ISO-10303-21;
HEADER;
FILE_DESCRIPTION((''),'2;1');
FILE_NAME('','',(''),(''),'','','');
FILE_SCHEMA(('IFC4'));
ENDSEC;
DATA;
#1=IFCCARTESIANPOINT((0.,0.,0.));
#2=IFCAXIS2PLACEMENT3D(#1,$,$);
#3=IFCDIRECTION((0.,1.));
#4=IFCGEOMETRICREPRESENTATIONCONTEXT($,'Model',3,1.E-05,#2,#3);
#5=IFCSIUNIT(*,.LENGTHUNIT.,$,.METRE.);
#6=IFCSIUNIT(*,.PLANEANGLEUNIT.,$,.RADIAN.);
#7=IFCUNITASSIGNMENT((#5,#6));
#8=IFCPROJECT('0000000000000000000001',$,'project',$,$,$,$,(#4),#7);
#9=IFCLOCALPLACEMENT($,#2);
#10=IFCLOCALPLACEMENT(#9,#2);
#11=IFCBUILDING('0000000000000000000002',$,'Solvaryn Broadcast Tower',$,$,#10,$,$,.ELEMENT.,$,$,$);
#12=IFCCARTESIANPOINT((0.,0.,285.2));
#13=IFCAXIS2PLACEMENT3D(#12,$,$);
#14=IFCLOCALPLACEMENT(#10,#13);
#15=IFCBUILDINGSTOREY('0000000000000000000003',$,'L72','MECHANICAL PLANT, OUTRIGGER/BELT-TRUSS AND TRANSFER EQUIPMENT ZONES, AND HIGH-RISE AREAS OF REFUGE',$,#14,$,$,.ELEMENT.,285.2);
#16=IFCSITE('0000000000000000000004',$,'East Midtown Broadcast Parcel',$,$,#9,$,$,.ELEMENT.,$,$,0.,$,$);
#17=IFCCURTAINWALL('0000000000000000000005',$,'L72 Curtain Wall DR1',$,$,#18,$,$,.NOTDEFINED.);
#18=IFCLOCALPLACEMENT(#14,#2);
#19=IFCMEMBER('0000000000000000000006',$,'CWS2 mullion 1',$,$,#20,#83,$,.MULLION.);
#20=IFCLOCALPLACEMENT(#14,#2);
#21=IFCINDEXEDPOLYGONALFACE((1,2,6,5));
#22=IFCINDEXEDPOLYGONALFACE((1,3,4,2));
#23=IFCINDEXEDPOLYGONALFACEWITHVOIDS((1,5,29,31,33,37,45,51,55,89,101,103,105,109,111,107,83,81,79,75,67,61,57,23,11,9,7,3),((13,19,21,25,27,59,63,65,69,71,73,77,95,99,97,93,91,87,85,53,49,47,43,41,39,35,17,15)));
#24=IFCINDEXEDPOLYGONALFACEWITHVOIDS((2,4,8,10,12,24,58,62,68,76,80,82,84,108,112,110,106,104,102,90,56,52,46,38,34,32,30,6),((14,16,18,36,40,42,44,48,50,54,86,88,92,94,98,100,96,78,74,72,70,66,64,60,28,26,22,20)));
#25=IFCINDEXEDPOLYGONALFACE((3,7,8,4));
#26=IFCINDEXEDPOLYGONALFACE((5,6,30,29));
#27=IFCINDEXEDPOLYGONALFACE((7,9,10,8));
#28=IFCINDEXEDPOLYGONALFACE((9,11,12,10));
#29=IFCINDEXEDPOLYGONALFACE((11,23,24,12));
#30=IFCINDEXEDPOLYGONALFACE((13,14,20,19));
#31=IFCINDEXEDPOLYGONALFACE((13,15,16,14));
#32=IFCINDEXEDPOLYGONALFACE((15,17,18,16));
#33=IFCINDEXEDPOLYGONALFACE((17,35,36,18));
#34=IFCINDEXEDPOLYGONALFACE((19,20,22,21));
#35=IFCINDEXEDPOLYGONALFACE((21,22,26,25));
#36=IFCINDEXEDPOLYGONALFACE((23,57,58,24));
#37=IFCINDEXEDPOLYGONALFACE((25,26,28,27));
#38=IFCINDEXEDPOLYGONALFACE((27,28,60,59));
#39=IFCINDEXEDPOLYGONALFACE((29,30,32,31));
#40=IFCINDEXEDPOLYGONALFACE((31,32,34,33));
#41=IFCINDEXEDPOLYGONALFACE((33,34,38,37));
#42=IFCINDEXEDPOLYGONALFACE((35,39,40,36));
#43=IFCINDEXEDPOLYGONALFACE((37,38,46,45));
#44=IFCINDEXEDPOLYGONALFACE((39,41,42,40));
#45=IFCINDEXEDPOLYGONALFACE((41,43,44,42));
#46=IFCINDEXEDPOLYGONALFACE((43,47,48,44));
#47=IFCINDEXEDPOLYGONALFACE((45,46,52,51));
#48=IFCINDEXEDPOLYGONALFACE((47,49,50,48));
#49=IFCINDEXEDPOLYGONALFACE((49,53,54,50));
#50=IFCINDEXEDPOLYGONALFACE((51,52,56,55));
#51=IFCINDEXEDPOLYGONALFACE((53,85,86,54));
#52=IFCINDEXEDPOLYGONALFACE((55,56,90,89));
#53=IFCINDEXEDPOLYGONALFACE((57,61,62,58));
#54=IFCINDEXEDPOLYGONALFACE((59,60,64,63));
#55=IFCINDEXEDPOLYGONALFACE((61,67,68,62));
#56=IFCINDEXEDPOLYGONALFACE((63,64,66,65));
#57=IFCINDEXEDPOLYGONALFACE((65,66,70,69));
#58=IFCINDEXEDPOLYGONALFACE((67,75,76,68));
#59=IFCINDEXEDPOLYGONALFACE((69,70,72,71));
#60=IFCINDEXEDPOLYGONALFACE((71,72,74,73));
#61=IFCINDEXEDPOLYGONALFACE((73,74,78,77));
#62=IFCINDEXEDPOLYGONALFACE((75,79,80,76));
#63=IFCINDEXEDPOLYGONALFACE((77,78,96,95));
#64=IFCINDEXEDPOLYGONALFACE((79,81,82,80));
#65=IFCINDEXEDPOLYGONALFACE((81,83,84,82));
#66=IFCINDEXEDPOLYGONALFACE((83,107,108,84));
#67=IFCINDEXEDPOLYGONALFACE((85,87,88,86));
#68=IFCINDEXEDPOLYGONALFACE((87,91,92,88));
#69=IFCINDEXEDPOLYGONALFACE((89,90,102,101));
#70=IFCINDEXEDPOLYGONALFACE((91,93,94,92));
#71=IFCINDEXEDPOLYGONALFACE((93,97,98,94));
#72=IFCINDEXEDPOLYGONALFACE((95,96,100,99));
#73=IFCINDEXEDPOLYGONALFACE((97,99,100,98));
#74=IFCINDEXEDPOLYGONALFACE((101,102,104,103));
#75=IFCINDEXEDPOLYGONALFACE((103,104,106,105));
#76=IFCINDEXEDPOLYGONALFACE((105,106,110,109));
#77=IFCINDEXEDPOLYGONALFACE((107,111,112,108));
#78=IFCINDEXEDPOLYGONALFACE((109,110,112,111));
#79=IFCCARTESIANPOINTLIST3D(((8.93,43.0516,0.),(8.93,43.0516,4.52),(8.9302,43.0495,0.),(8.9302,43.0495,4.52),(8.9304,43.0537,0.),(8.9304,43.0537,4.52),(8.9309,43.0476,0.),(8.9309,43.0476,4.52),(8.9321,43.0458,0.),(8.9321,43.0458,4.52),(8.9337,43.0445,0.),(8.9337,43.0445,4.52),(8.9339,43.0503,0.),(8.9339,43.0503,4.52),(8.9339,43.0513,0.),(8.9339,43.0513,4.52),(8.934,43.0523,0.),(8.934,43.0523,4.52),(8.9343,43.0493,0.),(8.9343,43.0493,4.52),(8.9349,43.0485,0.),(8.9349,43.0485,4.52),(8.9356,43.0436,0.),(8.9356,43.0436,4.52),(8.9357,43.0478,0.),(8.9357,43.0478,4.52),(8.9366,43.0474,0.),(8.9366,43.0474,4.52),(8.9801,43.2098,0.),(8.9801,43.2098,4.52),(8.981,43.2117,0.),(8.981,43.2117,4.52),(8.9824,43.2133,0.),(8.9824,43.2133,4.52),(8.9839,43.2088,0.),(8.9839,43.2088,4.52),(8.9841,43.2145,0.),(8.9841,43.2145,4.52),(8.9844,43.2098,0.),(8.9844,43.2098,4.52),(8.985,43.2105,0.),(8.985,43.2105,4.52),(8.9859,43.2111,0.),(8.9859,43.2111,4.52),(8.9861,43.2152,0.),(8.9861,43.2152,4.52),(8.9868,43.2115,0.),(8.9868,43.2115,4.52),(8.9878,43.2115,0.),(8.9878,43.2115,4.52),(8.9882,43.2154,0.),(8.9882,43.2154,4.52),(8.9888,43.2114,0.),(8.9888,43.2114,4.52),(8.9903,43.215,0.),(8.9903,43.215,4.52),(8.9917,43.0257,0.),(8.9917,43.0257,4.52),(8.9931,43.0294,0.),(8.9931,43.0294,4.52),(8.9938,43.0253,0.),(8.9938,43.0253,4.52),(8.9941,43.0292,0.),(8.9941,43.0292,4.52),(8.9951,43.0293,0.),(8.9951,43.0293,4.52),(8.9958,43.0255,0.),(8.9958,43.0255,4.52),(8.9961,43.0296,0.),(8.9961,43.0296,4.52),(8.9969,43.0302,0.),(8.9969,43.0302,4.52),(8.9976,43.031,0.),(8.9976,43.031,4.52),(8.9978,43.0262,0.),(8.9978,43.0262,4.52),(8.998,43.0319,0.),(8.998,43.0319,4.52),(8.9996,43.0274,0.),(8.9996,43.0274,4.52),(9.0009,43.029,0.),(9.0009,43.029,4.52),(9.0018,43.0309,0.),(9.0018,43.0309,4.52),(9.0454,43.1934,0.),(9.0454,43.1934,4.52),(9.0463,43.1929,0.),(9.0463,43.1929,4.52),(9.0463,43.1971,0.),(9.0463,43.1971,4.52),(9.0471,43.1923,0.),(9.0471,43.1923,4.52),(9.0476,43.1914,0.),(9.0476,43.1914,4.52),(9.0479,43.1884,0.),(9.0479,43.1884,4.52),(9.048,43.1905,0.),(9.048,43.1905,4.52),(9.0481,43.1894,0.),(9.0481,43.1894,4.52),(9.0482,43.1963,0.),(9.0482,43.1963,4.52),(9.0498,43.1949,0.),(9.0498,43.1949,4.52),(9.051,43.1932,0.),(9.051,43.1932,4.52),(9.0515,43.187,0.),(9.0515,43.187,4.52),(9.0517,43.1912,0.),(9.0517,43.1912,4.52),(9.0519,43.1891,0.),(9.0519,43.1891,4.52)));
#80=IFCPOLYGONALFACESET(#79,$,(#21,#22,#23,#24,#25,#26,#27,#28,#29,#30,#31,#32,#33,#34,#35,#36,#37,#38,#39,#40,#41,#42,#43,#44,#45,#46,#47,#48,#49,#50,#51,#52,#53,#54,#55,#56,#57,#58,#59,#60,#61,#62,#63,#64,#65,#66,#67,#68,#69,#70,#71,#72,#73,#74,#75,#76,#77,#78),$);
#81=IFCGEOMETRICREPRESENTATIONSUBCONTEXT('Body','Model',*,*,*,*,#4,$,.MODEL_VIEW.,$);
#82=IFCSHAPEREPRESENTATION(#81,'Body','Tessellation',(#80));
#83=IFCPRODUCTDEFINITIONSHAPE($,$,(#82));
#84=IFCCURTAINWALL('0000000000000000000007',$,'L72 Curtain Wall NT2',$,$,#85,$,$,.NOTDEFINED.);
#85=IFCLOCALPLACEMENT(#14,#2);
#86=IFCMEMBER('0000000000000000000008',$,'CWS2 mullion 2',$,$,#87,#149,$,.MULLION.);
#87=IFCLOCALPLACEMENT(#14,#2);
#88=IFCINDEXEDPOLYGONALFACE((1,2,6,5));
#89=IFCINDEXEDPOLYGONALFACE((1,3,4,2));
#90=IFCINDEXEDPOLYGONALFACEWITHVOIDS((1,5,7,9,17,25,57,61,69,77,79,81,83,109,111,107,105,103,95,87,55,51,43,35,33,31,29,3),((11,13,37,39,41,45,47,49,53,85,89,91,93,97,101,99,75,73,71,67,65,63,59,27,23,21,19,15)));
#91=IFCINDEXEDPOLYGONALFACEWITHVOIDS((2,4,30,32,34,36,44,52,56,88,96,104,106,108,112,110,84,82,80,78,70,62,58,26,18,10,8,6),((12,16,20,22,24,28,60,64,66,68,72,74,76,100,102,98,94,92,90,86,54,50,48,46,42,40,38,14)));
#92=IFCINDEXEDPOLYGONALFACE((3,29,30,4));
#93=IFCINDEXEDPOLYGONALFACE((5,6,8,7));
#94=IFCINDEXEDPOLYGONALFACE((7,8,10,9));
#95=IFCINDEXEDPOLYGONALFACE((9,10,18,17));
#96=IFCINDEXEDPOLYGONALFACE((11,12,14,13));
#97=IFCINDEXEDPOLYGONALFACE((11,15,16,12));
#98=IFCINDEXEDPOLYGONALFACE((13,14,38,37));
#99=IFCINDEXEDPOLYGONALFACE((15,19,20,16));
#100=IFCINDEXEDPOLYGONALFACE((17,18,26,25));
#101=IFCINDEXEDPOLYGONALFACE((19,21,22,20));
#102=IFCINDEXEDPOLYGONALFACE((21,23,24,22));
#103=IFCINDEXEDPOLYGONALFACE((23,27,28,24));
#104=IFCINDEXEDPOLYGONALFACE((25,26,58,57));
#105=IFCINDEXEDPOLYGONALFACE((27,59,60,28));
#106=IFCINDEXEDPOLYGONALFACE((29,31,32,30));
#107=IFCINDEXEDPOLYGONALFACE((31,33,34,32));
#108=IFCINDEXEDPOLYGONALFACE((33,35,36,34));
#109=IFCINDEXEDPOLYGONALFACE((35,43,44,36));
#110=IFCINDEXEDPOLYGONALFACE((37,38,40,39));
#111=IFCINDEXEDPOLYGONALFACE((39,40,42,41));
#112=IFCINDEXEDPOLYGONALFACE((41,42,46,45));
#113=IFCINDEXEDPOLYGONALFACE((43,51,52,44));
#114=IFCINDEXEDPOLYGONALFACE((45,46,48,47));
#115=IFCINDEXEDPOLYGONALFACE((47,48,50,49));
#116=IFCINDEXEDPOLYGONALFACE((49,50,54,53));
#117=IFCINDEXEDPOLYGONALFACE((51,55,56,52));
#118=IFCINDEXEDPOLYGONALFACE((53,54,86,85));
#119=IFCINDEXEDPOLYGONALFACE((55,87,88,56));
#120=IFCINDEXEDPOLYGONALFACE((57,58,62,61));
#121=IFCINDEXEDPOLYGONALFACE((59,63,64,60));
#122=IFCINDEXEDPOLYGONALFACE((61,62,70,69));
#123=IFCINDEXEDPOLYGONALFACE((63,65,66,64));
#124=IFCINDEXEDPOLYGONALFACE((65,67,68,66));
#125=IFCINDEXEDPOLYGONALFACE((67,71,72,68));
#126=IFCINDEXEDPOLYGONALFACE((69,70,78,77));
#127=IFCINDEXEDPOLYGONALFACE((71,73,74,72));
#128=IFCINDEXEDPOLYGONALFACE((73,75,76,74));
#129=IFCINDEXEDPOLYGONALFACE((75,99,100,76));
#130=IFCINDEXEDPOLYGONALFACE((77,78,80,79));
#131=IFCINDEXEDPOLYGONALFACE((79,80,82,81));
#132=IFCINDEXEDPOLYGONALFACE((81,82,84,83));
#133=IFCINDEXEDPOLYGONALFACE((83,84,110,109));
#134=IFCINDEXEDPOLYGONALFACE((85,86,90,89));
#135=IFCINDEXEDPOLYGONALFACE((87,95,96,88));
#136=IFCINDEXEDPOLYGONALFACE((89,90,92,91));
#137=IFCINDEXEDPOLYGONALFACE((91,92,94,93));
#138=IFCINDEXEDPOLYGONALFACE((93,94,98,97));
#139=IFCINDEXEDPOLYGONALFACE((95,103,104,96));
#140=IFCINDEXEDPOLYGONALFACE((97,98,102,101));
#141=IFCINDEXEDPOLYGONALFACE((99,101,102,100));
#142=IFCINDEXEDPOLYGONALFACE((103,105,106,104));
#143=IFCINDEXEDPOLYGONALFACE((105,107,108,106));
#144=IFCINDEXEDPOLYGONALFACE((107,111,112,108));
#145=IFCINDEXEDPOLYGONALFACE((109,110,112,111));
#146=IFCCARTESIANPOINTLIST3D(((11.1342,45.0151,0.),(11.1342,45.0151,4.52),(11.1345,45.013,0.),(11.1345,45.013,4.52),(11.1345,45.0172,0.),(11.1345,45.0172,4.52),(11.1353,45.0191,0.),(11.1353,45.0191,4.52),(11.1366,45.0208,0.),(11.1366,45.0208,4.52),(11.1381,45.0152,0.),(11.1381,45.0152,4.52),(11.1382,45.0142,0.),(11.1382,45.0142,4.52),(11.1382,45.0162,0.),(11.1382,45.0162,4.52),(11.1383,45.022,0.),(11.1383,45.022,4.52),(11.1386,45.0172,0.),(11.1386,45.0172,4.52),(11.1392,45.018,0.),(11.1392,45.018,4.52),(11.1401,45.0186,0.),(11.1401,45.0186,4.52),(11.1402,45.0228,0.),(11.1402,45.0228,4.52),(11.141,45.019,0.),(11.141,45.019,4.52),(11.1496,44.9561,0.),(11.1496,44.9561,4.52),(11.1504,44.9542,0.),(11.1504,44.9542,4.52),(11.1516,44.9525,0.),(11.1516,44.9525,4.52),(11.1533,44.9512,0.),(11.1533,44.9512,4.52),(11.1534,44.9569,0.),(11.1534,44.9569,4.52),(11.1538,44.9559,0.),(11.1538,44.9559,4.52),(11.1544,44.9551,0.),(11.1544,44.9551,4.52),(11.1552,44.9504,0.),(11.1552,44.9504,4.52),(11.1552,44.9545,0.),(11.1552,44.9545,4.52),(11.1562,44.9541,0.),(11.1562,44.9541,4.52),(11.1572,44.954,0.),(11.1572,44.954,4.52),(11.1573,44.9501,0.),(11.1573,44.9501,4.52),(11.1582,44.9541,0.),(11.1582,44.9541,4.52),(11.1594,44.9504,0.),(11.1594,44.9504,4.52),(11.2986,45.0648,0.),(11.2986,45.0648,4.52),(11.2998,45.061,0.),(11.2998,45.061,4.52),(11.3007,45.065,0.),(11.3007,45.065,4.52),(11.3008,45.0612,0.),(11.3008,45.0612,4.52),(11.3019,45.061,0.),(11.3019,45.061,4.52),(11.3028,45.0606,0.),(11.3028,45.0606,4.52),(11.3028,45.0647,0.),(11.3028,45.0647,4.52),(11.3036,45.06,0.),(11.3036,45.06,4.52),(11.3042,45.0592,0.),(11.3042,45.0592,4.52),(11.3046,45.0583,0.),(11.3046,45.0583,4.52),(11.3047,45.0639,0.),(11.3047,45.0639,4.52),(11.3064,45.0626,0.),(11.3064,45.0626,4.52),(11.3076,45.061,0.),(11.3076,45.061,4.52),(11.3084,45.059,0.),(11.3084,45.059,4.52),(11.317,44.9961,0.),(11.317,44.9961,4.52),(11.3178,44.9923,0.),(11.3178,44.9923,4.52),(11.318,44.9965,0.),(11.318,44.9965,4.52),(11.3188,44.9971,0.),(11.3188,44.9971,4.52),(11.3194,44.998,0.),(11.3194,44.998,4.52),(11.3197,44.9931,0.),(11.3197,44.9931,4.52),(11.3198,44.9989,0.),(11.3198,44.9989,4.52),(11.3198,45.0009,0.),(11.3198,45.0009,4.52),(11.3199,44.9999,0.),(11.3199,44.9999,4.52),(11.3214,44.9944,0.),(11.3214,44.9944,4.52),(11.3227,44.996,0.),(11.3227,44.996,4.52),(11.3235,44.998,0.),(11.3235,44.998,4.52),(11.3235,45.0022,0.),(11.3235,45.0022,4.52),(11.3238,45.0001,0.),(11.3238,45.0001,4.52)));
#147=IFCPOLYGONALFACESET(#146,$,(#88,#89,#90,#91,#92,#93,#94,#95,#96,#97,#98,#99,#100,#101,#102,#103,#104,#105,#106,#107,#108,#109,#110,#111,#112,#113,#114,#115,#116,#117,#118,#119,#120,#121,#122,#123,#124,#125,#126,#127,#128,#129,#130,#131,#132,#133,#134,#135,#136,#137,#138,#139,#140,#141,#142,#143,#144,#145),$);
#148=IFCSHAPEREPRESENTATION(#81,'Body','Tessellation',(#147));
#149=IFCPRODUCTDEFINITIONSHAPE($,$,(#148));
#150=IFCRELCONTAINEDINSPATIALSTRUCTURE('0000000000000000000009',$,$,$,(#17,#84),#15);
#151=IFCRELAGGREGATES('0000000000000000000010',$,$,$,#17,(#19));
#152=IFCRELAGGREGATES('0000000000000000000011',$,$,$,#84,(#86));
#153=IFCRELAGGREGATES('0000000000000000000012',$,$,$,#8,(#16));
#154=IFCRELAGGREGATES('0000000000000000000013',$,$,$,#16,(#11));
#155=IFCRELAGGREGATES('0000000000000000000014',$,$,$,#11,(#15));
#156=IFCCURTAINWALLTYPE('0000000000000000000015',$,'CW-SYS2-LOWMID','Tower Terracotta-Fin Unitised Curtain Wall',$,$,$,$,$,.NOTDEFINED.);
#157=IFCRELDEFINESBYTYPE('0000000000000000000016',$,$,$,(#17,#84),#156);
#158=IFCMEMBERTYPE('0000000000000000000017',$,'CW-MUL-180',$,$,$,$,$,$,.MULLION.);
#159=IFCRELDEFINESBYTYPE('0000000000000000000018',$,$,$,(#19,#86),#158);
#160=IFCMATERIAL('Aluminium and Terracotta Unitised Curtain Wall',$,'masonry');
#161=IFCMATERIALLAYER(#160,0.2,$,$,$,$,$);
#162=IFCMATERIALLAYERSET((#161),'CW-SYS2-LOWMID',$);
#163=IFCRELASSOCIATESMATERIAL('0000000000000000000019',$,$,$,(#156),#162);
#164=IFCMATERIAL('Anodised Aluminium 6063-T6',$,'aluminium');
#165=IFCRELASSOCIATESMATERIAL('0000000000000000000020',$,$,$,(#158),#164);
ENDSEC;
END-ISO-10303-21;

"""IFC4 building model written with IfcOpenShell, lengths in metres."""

from ifc_helpers import new_model, si_unit, direction, frame, origin, origin_2d, place, context, subcontext, project, spatial, hollow_rectangle, extrude, material, layer, layer_set, material_profile, profile_set, type_object, element, aggregate, save


model = new_model("IFC4")

# Units and contexts
model_context = context("Model", 3, precision=1e-05, world=origin(), true_north=direction((0.0, 1.0)))
body_context = subcontext(model_context, "Body", "Model", "MODEL_VIEW")
ifc_project = project(units=[si_unit("LENGTHUNIT", "METRE"), si_unit("PLANEANGLEUNIT", "RADIAN")], contexts=[model_context])

# Site, building, storey
site_placement = place(None, origin())
site = spatial("IfcSite", under=ifc_project, at=site_placement, Name="East Midtown Broadcast Parcel", CompositionType="ELEMENT", RefElevation=0.0)
building_placement = place(site_placement, origin())
building = spatial("IfcBuilding", under=site, at=building_placement, Name="Solvaryn Broadcast Tower", CompositionType="ELEMENT")
storey_placement = place(building_placement, frame((0.0, 0.0, 285.2)))
storey = spatial("IfcBuildingStorey", under=building, at=storey_placement, Name="L72", Description="MECHANICAL PLANT, OUTRIGGER/BELT-TRUSS AND TRANSFER EQUIPMENT ZONES, AND HIGH-RISE AREAS OF REFUGE", CompositionType="ELEMENT", Elevation=285.2)

# Curtain walls, members
ifc_material_1 = material(Name="Aluminium and Terracotta Unitised Curtain Wall", Category="masonry")
ifc_layer_1 = layer(ifc_material_1, 0.2)
ifc_layer_set_1 = layer_set([ifc_layer_1], Name="CW-SYS2-LOWMID")
curtain_wall_type = type_object("IfcCurtainWallType", Name="CW-SYS2-LOWMID", Description="Tower Terracotta-Fin Unitised Curtain Wall", PredefinedType="NOTDEFINED", material=ifc_layer_set_1)
curtain_wall_1_placement = place(storey_placement, origin())
curtain_wall_1 = element("IfcCurtainWall", 1, at=curtain_wall_1_placement, inside=storey, type_object=curtain_wall_type, Name="L72 Curtain Wall DR1", PredefinedType="NOTDEFINED")
ifc_material_2 = material(Name="Anodised Aluminium 6063-T6", Category="aluminium")
ifc_material_profile_1 = material_profile(ifc_material_2, hollow_rectangle(XDim=0.075, YDim=0.1799, WallThickness=0.0039, InnerFilletRadius=0.0039, OuterFilletRadius=0.0081, at=origin_2d()))
ifc_profile_set_1 = profile_set([ifc_material_profile_1], Name="Anodised Aluminium 6063-T6")
member_type_1 = type_object("IfcMemberType", Name="CW-MUL-180", PredefinedType="MULLION", material=ifc_profile_set_1)
member_1_placement = place(storey_placement, frame((8.991, 43.1204, 0.0), z_axis=(0.0, 0.0, 1.0), x_axis=(0.952795, -0.303616, 0.0)))
member_1 = element("IfcMember", 2, at=member_1_placement, type_object=member_type_1, Name="CWS2 mullion 1", PredefinedType="MULLION", context=body_context, shape_type="SweptSolid", body=[
    extrude(hollow_rectangle(XDim=0.075, YDim=0.1799, WallThickness=0.0039, InnerFilletRadius=0.0039, OuterFilletRadius=0.0081, at=origin_2d()), origin(), (0.0, 0.0, 1.0), 4.52),
])
curtain_wall_2_placement = place(storey_placement, origin())
curtain_wall_2 = element("IfcCurtainWall", 3, at=curtain_wall_2_placement, inside=storey, type_object=curtain_wall_type, Name="L72 Curtain Wall NT2", PredefinedType="NOTDEFINED")
member_2_placement = place(storey_placement, frame((11.229, 45.0076, 0.0), z_axis=(0.0, 0.0, 1.0), x_axis=(0.255893, -0.966705, 0.0)))
member_2 = element("IfcMember", 4, at=member_2_placement, type_object=member_type_1, Name="CWS2 mullion 2", PredefinedType="MULLION", context=body_context, shape_type="SweptSolid", body=[
    extrude(hollow_rectangle(XDim=0.075, YDim=0.1799, WallThickness=0.0039, InnerFilletRadius=0.0039, OuterFilletRadius=0.0081, at=origin_2d()), origin(), (0.0, 0.0, 1.0), 4.52),
])

aggregate(curtain_wall_1, [member_1])
aggregate(curtain_wall_2, [member_2])

save(model, "model.ifc")
